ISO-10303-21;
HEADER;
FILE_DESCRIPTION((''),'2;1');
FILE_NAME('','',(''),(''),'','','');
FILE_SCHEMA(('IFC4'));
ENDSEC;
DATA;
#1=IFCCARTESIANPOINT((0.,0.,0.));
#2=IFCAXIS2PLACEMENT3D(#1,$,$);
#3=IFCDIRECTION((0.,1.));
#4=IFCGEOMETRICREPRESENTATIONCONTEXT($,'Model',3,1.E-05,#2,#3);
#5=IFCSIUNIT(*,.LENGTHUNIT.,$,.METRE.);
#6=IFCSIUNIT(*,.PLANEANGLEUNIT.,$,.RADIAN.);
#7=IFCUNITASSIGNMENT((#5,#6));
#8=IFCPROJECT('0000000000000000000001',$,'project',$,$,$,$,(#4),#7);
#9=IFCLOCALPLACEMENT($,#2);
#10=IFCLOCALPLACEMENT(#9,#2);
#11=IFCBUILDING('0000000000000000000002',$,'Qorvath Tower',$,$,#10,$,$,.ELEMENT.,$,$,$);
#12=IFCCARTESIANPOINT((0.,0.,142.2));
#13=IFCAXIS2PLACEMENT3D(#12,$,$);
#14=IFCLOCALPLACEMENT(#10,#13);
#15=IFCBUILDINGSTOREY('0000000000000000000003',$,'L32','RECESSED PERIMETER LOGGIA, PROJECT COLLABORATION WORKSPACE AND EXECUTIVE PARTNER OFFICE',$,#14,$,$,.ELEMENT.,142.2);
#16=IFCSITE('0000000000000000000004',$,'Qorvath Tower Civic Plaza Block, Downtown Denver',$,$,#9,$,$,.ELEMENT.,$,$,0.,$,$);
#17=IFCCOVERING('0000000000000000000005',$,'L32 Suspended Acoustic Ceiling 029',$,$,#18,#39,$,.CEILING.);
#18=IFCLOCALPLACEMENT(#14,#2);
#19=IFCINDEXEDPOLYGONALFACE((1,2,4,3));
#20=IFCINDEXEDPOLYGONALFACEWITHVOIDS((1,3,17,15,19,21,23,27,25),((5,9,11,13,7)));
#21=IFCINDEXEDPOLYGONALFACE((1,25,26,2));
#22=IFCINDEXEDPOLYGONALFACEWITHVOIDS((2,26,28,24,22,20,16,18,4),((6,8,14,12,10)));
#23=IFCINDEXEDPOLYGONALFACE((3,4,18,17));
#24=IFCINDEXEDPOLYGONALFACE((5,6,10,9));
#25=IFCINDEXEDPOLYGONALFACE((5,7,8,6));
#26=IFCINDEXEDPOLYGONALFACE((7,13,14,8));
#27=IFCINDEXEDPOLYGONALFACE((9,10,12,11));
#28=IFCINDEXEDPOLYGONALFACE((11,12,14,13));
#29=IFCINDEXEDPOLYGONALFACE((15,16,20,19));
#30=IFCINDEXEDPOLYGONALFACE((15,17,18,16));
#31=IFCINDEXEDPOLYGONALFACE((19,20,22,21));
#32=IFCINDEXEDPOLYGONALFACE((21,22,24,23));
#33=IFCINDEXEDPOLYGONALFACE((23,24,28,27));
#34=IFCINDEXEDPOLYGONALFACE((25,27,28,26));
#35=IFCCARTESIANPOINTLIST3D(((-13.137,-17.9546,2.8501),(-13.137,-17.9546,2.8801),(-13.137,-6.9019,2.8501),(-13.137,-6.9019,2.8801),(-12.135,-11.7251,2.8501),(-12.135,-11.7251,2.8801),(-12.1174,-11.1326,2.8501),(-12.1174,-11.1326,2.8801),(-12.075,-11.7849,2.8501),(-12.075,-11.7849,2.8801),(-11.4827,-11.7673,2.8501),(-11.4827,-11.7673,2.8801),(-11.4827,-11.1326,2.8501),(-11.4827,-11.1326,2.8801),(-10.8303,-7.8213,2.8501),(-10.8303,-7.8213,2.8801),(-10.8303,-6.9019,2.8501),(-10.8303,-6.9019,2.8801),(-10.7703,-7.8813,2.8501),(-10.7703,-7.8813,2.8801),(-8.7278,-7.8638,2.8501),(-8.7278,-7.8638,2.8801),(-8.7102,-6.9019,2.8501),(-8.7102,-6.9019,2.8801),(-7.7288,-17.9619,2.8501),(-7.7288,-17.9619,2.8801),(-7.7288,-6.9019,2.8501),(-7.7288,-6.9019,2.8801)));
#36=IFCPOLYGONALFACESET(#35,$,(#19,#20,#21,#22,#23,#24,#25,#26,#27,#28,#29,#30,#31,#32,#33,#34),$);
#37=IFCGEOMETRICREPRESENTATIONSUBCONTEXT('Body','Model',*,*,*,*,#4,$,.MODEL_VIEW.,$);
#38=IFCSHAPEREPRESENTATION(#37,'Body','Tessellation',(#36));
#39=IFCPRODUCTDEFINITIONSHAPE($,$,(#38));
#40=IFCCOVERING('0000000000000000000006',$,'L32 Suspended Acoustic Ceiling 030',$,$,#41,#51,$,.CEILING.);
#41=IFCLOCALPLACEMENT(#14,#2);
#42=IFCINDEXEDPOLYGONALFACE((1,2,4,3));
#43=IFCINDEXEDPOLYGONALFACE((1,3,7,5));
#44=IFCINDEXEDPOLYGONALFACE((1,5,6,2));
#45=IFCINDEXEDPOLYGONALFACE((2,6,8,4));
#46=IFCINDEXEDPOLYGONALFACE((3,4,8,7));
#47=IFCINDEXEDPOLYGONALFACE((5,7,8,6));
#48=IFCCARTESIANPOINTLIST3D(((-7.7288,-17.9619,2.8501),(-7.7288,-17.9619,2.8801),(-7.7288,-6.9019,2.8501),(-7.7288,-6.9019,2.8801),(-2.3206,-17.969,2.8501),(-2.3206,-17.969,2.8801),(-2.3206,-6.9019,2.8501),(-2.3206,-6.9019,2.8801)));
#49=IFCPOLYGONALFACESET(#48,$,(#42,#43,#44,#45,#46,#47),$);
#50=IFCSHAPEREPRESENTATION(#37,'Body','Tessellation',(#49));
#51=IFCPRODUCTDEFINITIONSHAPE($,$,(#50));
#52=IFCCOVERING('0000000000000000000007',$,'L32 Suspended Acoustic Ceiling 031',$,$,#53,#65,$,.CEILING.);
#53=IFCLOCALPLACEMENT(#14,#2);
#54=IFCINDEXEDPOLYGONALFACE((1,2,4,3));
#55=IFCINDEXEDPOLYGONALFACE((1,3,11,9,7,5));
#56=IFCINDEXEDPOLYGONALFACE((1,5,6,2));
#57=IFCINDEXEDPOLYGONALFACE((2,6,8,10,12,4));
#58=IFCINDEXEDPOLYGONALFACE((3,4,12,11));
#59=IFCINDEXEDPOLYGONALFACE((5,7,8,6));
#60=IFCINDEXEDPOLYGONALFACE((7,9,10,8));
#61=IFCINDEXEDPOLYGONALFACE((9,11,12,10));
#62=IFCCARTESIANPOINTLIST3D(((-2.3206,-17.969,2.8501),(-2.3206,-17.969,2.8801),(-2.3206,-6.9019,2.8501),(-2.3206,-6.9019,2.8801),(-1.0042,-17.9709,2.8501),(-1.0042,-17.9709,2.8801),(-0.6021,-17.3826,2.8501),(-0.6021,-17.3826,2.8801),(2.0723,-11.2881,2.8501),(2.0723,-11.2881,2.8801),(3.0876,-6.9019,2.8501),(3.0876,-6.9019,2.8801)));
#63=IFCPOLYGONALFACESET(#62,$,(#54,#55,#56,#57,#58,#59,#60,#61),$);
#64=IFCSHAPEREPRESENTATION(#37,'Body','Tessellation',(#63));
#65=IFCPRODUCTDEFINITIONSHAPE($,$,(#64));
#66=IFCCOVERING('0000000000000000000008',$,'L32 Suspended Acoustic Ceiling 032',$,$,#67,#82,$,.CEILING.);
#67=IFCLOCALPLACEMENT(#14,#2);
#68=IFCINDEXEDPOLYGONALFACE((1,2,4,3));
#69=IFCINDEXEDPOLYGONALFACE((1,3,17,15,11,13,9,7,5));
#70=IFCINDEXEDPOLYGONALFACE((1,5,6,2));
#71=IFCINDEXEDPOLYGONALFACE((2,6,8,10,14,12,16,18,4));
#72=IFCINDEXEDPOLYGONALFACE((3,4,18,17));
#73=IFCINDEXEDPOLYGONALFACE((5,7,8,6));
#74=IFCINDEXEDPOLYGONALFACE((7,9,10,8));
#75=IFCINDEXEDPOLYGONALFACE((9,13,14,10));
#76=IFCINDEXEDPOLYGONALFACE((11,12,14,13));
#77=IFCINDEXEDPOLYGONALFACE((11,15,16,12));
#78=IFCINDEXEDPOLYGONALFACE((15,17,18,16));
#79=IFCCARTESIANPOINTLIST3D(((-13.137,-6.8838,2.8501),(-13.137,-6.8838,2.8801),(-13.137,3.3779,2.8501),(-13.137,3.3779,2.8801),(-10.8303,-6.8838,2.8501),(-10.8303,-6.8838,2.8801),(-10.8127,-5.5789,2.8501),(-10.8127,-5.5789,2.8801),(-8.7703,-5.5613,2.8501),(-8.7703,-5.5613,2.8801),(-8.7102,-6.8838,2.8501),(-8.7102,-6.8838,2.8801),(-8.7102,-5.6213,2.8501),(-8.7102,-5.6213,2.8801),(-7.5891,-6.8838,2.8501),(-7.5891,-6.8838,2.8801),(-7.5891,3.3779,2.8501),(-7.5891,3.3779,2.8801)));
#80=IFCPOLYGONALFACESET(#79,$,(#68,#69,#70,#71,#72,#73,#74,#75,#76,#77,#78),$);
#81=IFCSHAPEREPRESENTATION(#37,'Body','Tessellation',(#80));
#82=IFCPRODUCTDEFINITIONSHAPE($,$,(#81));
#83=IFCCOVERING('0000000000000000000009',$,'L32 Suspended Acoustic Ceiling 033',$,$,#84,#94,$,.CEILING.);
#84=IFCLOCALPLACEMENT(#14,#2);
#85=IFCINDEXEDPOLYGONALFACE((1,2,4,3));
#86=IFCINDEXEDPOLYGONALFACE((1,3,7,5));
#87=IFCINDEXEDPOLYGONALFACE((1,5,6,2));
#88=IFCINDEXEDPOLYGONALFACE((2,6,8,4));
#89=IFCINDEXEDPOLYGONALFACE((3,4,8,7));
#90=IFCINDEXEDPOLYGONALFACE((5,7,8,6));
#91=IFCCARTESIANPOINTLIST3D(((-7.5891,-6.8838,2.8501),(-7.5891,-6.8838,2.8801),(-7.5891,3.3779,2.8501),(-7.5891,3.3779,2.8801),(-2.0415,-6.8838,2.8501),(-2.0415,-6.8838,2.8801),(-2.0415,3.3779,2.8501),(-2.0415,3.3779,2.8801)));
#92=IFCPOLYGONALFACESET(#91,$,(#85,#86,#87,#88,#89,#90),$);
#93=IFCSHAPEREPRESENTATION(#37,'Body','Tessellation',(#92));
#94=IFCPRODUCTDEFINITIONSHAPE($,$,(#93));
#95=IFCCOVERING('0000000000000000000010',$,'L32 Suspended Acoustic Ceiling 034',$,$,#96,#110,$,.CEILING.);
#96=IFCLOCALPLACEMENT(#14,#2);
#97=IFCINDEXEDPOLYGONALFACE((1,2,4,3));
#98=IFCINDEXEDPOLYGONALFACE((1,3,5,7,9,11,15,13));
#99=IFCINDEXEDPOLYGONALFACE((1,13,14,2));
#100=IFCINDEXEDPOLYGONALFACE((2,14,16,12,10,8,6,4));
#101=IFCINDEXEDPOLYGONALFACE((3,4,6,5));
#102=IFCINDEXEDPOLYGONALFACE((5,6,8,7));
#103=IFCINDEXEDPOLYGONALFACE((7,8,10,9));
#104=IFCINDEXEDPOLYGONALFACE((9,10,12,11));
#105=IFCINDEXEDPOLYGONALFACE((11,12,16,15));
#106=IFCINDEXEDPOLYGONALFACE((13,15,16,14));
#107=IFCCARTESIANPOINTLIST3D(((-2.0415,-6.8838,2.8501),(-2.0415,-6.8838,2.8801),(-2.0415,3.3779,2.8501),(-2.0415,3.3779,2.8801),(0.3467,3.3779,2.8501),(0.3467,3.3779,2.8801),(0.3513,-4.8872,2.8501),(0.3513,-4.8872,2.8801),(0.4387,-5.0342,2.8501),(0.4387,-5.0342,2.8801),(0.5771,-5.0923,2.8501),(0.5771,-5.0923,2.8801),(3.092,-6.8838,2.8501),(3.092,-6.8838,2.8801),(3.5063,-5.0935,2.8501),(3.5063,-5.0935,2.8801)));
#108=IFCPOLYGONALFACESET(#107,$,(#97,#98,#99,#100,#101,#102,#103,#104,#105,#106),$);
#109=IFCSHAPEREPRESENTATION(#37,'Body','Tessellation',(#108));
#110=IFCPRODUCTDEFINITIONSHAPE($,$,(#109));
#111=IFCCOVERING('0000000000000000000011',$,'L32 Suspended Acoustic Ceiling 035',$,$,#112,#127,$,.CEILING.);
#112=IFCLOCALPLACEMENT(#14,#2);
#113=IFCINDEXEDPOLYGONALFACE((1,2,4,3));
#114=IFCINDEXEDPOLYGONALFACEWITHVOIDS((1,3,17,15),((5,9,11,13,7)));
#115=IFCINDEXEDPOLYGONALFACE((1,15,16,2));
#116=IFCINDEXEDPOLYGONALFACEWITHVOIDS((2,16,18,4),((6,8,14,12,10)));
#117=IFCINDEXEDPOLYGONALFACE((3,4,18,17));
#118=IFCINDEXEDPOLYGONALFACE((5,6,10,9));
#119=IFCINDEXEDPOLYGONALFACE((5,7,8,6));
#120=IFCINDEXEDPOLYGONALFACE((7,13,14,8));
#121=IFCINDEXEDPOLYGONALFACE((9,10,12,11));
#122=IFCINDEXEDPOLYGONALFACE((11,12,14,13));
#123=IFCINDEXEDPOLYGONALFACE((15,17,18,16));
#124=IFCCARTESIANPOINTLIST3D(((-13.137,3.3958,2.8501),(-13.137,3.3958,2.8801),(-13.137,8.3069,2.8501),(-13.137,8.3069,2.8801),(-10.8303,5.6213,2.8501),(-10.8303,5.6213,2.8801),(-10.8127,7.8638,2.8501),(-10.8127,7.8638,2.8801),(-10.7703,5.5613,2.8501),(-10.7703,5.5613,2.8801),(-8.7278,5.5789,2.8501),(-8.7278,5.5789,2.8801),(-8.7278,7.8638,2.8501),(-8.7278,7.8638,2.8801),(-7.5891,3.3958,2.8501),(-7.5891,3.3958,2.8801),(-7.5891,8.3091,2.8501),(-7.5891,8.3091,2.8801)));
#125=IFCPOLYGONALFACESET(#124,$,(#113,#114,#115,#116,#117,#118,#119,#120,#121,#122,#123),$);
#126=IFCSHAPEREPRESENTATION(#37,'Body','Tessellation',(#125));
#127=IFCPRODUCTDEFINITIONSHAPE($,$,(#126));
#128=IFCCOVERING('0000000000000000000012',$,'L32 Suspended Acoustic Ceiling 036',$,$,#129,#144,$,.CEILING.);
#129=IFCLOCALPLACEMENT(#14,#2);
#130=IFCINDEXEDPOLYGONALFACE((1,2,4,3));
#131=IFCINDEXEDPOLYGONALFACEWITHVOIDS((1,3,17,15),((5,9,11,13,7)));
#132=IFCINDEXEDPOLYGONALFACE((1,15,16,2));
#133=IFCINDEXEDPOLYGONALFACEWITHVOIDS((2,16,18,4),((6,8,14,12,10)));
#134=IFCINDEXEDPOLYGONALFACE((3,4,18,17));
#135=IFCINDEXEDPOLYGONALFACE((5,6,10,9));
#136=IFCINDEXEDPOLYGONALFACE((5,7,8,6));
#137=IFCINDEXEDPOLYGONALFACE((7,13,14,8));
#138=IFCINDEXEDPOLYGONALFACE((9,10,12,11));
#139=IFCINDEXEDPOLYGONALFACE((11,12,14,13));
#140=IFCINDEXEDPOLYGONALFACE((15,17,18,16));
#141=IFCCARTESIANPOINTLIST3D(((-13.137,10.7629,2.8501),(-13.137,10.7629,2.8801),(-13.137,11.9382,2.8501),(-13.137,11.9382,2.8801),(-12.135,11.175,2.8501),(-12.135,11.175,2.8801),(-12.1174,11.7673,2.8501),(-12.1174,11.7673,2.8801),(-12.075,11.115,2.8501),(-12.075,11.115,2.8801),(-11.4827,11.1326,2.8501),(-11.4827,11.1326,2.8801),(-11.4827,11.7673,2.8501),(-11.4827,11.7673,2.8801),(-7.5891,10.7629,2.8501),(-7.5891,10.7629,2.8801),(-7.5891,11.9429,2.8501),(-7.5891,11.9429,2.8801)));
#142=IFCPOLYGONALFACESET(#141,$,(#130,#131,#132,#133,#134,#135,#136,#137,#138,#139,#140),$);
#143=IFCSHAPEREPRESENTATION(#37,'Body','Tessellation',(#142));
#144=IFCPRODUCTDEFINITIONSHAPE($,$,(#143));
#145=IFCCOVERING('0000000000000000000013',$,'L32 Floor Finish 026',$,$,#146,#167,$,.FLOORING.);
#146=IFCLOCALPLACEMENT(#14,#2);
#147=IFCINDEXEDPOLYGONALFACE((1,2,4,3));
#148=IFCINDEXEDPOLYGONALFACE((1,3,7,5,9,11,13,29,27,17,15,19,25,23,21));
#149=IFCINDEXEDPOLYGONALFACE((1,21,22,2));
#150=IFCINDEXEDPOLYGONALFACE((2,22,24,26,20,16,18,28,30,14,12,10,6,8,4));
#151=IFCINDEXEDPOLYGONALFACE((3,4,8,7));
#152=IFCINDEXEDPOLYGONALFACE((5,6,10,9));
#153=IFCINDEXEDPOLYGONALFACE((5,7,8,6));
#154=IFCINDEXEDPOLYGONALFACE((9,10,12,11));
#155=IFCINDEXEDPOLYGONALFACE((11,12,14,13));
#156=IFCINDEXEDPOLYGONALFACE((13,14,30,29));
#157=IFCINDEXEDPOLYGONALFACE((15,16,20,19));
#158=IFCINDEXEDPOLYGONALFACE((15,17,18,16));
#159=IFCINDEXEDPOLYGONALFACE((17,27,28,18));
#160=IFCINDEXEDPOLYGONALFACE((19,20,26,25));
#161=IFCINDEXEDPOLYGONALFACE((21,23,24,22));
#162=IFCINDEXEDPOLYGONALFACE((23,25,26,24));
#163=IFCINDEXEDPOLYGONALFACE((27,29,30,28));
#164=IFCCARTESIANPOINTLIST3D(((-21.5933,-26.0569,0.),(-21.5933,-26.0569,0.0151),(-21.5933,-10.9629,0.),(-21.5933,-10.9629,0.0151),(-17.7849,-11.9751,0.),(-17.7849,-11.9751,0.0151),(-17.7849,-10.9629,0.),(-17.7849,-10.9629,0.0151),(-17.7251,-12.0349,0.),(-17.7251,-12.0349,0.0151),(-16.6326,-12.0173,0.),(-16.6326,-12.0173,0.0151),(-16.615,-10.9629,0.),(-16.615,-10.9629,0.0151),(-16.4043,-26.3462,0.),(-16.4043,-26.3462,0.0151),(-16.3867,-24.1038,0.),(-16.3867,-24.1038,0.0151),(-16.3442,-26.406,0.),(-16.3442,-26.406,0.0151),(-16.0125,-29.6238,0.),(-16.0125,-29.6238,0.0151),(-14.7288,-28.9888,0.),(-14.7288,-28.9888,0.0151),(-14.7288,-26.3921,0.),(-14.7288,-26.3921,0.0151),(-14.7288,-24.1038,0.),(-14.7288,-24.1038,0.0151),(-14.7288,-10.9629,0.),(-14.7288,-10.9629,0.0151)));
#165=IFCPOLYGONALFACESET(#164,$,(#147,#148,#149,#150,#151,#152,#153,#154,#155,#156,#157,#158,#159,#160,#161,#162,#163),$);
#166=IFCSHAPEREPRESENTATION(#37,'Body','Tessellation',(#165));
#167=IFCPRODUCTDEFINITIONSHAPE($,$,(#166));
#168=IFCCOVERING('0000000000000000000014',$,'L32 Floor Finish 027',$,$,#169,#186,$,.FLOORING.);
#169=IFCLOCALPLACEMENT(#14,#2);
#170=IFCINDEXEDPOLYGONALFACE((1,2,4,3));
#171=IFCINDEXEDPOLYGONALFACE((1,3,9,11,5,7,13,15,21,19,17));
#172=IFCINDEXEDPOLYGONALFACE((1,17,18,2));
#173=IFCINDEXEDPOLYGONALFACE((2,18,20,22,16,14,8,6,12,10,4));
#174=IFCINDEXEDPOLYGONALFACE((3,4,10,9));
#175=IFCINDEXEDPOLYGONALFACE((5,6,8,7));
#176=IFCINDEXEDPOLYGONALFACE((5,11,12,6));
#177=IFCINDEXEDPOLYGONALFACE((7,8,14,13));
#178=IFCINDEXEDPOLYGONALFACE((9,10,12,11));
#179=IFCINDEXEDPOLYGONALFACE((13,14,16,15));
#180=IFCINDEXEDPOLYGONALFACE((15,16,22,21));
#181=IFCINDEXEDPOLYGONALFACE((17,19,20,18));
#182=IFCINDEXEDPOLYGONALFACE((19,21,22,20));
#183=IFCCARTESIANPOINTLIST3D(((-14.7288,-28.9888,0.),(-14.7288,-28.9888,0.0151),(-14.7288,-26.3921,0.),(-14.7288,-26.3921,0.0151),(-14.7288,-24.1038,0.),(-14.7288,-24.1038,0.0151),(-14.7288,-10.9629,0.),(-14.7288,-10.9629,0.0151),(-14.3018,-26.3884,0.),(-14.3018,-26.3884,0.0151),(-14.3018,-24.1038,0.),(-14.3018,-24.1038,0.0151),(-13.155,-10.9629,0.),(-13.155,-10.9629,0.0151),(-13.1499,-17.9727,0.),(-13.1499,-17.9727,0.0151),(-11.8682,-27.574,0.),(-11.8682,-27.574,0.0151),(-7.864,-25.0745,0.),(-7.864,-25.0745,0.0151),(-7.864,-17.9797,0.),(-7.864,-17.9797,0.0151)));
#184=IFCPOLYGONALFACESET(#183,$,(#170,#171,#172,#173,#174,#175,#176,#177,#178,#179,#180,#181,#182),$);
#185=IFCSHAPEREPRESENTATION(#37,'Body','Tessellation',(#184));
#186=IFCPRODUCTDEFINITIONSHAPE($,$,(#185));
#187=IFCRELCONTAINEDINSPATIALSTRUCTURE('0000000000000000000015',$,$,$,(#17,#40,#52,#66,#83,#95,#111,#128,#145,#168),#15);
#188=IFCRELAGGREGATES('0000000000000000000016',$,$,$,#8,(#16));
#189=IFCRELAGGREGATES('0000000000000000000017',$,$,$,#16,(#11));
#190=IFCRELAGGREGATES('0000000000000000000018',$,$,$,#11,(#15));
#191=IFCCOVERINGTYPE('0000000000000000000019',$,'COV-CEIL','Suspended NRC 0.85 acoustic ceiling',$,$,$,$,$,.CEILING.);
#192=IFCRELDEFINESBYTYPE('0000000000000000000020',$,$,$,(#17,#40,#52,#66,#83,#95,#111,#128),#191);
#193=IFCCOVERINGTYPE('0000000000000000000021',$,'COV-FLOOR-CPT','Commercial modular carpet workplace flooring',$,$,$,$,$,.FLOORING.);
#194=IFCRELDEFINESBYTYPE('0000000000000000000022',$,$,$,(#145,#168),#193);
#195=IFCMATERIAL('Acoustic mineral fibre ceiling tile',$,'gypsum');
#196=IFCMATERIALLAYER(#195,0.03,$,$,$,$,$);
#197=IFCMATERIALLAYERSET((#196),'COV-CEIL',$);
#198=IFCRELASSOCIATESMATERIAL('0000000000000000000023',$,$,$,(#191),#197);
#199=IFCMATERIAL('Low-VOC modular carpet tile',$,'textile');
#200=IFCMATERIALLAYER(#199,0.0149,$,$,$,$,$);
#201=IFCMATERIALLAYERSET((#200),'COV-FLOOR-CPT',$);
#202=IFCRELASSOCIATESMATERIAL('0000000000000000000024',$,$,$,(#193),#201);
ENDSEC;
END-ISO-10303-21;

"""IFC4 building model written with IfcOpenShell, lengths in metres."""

from ifc_helpers import new_model, si_unit, direction, frame, origin, place, context, subcontext, project, spatial, polyline, outline, extrude, material, layer, layer_set, type_object, element, save


model = new_model("IFC4")

# Units and contexts
model_context = context("Model", 3, precision=1e-05, world=origin(), true_north=direction((0.0, 1.0)))
body_context = subcontext(model_context, "Body", "Model", "MODEL_VIEW")
ifc_project = project(units=[si_unit("LENGTHUNIT", "METRE"), si_unit("PLANEANGLEUNIT", "RADIAN")], contexts=[model_context])

# Site, building, storey
site_placement = place(None, origin())
site = spatial("IfcSite", under=ifc_project, at=site_placement, Name="Qorvath Tower Civic Plaza Block, Downtown Denver", CompositionType="ELEMENT", RefElevation=0.0)
building_placement = place(site_placement, origin())
building = spatial("IfcBuilding", under=site, at=building_placement, Name="Qorvath Tower", CompositionType="ELEMENT")
storey_placement = place(building_placement, frame((0.0, 0.0, 142.2)))
storey = spatial("IfcBuildingStorey", under=building, at=storey_placement, Name="L32", Description="RECESSED PERIMETER LOGGIA, PROJECT COLLABORATION WORKSPACE AND EXECUTIVE PARTNER OFFICE", CompositionType="ELEMENT", Elevation=142.2)

# Coverings
ifc_material_1 = material(Name="Acoustic mineral fibre ceiling tile", Category="gypsum")
ifc_layer_1 = layer(ifc_material_1, 0.03)
ifc_layer_set_1 = layer_set([ifc_layer_1], Name="COV-CEIL")
covering_type_1 = type_object("IfcCoveringType", Name="COV-CEIL", Description="Suspended NRC 0.85 acoustic ceiling", PredefinedType="CEILING", material=ifc_layer_set_1)
covering_1_placement = place(storey_placement, frame((0.0, 0.0, 2.8501)))
element("IfcCovering", 1, at=covering_1_placement, inside=storey, type_object=covering_type_1, Name="L32 Suspended Acoustic Ceiling 029", PredefinedType="CEILING", context=body_context, shape_type="SweptSolid", body=[
    extrude(outline(polyline([(-13.137, -17.9546), (-7.7288, -17.9619), (-7.7288, -6.9019), (-8.7102, -6.9019), (-8.7278, -7.8638), (-10.7703, -7.8813), (-10.8303, -7.8213), (-10.8303, -6.9019), (-13.137, -6.9019), (-13.137, -17.9546)]), holes=[polyline([(-12.135, -11.7251), (-12.1174, -11.1326), (-11.4827, -11.1326), (-11.4827, -11.7673), (-12.075, -11.7849), (-12.135, -11.7251)])]), origin(), (0.0, 0.0, 1.0), 0.03),
])
covering_2_placement = place(storey_placement, frame((0.0, 0.0, 2.8501)))
element("IfcCovering", 2, at=covering_2_placement, inside=storey, type_object=covering_type_1, Name="L32 Suspended Acoustic Ceiling 030", PredefinedType="CEILING", context=body_context, shape_type="SweptSolid", body=[
    extrude(outline(polyline([(-7.7288, -6.9019), (-7.7288, -17.9619), (-2.3206, -17.969), (-2.3206, -6.9019), (-7.7288, -6.9019)])), origin(), (0.0, 0.0, 1.0), 0.03),
])
covering_3_placement = place(storey_placement, frame((0.0, 0.0, 2.8501)))
element("IfcCovering", 3, at=covering_3_placement, inside=storey, type_object=covering_type_1, Name="L32 Suspended Acoustic Ceiling 031", PredefinedType="CEILING", context=body_context, shape_type="SweptSolid", body=[
    extrude(outline(polyline([(-2.3206, -6.9019), (-2.3206, -17.969), (-1.0042, -17.9709), (-0.6021, -17.3826), (2.0723, -11.2881), (3.0876, -6.9019), (-2.3206, -6.9019)])), origin(), (0.0, 0.0, 1.0), 0.03),
])
covering_4_placement = place(storey_placement, frame((0.0, 0.0, 2.8501)))
element("IfcCovering", 4, at=covering_4_placement, inside=storey, type_object=covering_type_1, Name="L32 Suspended Acoustic Ceiling 032", PredefinedType="CEILING", context=body_context, shape_type="SweptSolid", body=[
    extrude(outline(polyline([(-7.5891, -6.8838), (-7.5891, 3.3779), (-13.137, 3.3779), (-13.137, -6.8838), (-10.8303, -6.8838), (-10.8127, -5.5789), (-8.7703, -5.5613), (-8.7102, -5.6213), (-8.7102, -6.8838), (-7.5891, -6.8838)])), origin(), (0.0, 0.0, 1.0), 0.03),
])
covering_5_placement = place(storey_placement, frame((0.0, 0.0, 2.8501)))
element("IfcCovering", 5, at=covering_5_placement, inside=storey, type_object=covering_type_1, Name="L32 Suspended Acoustic Ceiling 033", PredefinedType="CEILING", context=body_context, shape_type="SweptSolid", body=[
    extrude(outline(polyline([(-2.0415, -6.8838), (-2.0415, 3.3779), (-7.5891, 3.3779), (-7.5891, -6.8838), (-2.0415, -6.8838)])), origin(), (0.0, 0.0, 1.0), 0.03),
])
covering_6_placement = place(storey_placement, frame((0.0, 0.0, 2.8501)))
element("IfcCovering", 6, at=covering_6_placement, inside=storey, type_object=covering_type_1, Name="L32 Suspended Acoustic Ceiling 034", PredefinedType="CEILING", context=body_context, shape_type="SweptSolid", body=[
    extrude(outline(polyline([(0.4387, -5.0342), (0.3513, -4.8872), (0.3467, 3.3779), (-2.0415, 3.3779), (-2.0415, -6.8838), (3.092, -6.8838), (3.5063, -5.0935), (0.5771, -5.0923), (0.4387, -5.0342)])), origin(), (0.0, 0.0, 1.0), 0.03),
])
covering_7_placement = place(storey_placement, frame((0.0, 0.0, 2.8501)))
element("IfcCovering", 7, at=covering_7_placement, inside=storey, type_object=covering_type_1, Name="L32 Suspended Acoustic Ceiling 035", PredefinedType="CEILING", context=body_context, shape_type="SweptSolid", body=[
    extrude(outline(polyline([(-7.5891, 3.3958), (-7.5891, 8.3091), (-13.137, 8.3069), (-13.137, 3.3958), (-7.5891, 3.3958)]), holes=[polyline([(-10.8303, 5.6213), (-10.8127, 7.8638), (-8.7278, 7.8638), (-8.7278, 5.5789), (-10.7703, 5.5613), (-10.8303, 5.6213)])]), origin(), (0.0, 0.0, 1.0), 0.03),
])
covering_8_placement = place(storey_placement, frame((0.0, 0.0, 2.8501)))
element("IfcCovering", 8, at=covering_8_placement, inside=storey, type_object=covering_type_1, Name="L32 Suspended Acoustic Ceiling 036", PredefinedType="CEILING", context=body_context, shape_type="SweptSolid", body=[
    extrude(outline(polyline([(-7.5891, 10.7629), (-7.5891, 11.9429), (-13.137, 11.9382), (-13.137, 10.7629), (-7.5891, 10.7629)]), holes=[polyline([(-12.135, 11.175), (-12.1174, 11.7673), (-11.4827, 11.7673), (-11.4827, 11.1326), (-12.075, 11.115), (-12.135, 11.175)])]), origin(), (0.0, 0.0, 1.0), 0.03),
])
ifc_material_2 = material(Name="Low-VOC modular carpet tile", Category="textile")
ifc_layer_2 = layer(ifc_material_2, 0.0149)
ifc_layer_set_2 = layer_set([ifc_layer_2], Name="COV-FLOOR-CPT")
covering_type_2 = type_object("IfcCoveringType", Name="COV-FLOOR-CPT", Description="Commercial modular carpet workplace flooring", PredefinedType="FLOORING", material=ifc_layer_set_2)
covering_9_placement = place(storey_placement, origin())
element("IfcCovering", 9, at=covering_9_placement, inside=storey, type_object=covering_type_2, Name="L32 Floor Finish 026", PredefinedType="FLOORING", context=body_context, shape_type="SweptSolid", body=[
    extrude(outline(polyline([(-21.5933, -26.0569), (-16.0125, -29.6238), (-14.7288, -28.9888), (-14.7288, -26.3921), (-16.3442, -26.406), (-16.4043, -26.3462), (-16.3867, -24.1038), (-14.7288, -24.1038), (-14.7288, -10.9629), (-16.615, -10.9629), (-16.6326, -12.0173), (-17.7251, -12.0349), (-17.7849, -11.9751), (-17.7849, -10.9629), (-21.5933, -10.9629), (-21.5933, -26.0569)])), origin(), (0.0, 0.0, 1.0), 0.0151),
])
covering_10_placement = place(storey_placement, origin())
element("IfcCovering", 10, at=covering_10_placement, inside=storey, type_object=covering_type_2, Name="L32 Floor Finish 027", PredefinedType="FLOORING", context=body_context, shape_type="SweptSolid", body=[
    extrude(outline(polyline([(-14.7288, -10.9629), (-14.7288, -24.1038), (-14.3018, -24.1038), (-14.3018, -26.3884), (-14.7288, -26.3921), (-14.7288, -28.9888), (-11.8682, -27.574), (-7.864, -25.0745), (-7.864, -17.9797), (-13.1499, -17.9727), (-13.155, -10.9629), (-14.7288, -10.9629)])), origin(), (0.0, 0.0, 1.0), 0.0151),
])

save(model, "model.ifc")
